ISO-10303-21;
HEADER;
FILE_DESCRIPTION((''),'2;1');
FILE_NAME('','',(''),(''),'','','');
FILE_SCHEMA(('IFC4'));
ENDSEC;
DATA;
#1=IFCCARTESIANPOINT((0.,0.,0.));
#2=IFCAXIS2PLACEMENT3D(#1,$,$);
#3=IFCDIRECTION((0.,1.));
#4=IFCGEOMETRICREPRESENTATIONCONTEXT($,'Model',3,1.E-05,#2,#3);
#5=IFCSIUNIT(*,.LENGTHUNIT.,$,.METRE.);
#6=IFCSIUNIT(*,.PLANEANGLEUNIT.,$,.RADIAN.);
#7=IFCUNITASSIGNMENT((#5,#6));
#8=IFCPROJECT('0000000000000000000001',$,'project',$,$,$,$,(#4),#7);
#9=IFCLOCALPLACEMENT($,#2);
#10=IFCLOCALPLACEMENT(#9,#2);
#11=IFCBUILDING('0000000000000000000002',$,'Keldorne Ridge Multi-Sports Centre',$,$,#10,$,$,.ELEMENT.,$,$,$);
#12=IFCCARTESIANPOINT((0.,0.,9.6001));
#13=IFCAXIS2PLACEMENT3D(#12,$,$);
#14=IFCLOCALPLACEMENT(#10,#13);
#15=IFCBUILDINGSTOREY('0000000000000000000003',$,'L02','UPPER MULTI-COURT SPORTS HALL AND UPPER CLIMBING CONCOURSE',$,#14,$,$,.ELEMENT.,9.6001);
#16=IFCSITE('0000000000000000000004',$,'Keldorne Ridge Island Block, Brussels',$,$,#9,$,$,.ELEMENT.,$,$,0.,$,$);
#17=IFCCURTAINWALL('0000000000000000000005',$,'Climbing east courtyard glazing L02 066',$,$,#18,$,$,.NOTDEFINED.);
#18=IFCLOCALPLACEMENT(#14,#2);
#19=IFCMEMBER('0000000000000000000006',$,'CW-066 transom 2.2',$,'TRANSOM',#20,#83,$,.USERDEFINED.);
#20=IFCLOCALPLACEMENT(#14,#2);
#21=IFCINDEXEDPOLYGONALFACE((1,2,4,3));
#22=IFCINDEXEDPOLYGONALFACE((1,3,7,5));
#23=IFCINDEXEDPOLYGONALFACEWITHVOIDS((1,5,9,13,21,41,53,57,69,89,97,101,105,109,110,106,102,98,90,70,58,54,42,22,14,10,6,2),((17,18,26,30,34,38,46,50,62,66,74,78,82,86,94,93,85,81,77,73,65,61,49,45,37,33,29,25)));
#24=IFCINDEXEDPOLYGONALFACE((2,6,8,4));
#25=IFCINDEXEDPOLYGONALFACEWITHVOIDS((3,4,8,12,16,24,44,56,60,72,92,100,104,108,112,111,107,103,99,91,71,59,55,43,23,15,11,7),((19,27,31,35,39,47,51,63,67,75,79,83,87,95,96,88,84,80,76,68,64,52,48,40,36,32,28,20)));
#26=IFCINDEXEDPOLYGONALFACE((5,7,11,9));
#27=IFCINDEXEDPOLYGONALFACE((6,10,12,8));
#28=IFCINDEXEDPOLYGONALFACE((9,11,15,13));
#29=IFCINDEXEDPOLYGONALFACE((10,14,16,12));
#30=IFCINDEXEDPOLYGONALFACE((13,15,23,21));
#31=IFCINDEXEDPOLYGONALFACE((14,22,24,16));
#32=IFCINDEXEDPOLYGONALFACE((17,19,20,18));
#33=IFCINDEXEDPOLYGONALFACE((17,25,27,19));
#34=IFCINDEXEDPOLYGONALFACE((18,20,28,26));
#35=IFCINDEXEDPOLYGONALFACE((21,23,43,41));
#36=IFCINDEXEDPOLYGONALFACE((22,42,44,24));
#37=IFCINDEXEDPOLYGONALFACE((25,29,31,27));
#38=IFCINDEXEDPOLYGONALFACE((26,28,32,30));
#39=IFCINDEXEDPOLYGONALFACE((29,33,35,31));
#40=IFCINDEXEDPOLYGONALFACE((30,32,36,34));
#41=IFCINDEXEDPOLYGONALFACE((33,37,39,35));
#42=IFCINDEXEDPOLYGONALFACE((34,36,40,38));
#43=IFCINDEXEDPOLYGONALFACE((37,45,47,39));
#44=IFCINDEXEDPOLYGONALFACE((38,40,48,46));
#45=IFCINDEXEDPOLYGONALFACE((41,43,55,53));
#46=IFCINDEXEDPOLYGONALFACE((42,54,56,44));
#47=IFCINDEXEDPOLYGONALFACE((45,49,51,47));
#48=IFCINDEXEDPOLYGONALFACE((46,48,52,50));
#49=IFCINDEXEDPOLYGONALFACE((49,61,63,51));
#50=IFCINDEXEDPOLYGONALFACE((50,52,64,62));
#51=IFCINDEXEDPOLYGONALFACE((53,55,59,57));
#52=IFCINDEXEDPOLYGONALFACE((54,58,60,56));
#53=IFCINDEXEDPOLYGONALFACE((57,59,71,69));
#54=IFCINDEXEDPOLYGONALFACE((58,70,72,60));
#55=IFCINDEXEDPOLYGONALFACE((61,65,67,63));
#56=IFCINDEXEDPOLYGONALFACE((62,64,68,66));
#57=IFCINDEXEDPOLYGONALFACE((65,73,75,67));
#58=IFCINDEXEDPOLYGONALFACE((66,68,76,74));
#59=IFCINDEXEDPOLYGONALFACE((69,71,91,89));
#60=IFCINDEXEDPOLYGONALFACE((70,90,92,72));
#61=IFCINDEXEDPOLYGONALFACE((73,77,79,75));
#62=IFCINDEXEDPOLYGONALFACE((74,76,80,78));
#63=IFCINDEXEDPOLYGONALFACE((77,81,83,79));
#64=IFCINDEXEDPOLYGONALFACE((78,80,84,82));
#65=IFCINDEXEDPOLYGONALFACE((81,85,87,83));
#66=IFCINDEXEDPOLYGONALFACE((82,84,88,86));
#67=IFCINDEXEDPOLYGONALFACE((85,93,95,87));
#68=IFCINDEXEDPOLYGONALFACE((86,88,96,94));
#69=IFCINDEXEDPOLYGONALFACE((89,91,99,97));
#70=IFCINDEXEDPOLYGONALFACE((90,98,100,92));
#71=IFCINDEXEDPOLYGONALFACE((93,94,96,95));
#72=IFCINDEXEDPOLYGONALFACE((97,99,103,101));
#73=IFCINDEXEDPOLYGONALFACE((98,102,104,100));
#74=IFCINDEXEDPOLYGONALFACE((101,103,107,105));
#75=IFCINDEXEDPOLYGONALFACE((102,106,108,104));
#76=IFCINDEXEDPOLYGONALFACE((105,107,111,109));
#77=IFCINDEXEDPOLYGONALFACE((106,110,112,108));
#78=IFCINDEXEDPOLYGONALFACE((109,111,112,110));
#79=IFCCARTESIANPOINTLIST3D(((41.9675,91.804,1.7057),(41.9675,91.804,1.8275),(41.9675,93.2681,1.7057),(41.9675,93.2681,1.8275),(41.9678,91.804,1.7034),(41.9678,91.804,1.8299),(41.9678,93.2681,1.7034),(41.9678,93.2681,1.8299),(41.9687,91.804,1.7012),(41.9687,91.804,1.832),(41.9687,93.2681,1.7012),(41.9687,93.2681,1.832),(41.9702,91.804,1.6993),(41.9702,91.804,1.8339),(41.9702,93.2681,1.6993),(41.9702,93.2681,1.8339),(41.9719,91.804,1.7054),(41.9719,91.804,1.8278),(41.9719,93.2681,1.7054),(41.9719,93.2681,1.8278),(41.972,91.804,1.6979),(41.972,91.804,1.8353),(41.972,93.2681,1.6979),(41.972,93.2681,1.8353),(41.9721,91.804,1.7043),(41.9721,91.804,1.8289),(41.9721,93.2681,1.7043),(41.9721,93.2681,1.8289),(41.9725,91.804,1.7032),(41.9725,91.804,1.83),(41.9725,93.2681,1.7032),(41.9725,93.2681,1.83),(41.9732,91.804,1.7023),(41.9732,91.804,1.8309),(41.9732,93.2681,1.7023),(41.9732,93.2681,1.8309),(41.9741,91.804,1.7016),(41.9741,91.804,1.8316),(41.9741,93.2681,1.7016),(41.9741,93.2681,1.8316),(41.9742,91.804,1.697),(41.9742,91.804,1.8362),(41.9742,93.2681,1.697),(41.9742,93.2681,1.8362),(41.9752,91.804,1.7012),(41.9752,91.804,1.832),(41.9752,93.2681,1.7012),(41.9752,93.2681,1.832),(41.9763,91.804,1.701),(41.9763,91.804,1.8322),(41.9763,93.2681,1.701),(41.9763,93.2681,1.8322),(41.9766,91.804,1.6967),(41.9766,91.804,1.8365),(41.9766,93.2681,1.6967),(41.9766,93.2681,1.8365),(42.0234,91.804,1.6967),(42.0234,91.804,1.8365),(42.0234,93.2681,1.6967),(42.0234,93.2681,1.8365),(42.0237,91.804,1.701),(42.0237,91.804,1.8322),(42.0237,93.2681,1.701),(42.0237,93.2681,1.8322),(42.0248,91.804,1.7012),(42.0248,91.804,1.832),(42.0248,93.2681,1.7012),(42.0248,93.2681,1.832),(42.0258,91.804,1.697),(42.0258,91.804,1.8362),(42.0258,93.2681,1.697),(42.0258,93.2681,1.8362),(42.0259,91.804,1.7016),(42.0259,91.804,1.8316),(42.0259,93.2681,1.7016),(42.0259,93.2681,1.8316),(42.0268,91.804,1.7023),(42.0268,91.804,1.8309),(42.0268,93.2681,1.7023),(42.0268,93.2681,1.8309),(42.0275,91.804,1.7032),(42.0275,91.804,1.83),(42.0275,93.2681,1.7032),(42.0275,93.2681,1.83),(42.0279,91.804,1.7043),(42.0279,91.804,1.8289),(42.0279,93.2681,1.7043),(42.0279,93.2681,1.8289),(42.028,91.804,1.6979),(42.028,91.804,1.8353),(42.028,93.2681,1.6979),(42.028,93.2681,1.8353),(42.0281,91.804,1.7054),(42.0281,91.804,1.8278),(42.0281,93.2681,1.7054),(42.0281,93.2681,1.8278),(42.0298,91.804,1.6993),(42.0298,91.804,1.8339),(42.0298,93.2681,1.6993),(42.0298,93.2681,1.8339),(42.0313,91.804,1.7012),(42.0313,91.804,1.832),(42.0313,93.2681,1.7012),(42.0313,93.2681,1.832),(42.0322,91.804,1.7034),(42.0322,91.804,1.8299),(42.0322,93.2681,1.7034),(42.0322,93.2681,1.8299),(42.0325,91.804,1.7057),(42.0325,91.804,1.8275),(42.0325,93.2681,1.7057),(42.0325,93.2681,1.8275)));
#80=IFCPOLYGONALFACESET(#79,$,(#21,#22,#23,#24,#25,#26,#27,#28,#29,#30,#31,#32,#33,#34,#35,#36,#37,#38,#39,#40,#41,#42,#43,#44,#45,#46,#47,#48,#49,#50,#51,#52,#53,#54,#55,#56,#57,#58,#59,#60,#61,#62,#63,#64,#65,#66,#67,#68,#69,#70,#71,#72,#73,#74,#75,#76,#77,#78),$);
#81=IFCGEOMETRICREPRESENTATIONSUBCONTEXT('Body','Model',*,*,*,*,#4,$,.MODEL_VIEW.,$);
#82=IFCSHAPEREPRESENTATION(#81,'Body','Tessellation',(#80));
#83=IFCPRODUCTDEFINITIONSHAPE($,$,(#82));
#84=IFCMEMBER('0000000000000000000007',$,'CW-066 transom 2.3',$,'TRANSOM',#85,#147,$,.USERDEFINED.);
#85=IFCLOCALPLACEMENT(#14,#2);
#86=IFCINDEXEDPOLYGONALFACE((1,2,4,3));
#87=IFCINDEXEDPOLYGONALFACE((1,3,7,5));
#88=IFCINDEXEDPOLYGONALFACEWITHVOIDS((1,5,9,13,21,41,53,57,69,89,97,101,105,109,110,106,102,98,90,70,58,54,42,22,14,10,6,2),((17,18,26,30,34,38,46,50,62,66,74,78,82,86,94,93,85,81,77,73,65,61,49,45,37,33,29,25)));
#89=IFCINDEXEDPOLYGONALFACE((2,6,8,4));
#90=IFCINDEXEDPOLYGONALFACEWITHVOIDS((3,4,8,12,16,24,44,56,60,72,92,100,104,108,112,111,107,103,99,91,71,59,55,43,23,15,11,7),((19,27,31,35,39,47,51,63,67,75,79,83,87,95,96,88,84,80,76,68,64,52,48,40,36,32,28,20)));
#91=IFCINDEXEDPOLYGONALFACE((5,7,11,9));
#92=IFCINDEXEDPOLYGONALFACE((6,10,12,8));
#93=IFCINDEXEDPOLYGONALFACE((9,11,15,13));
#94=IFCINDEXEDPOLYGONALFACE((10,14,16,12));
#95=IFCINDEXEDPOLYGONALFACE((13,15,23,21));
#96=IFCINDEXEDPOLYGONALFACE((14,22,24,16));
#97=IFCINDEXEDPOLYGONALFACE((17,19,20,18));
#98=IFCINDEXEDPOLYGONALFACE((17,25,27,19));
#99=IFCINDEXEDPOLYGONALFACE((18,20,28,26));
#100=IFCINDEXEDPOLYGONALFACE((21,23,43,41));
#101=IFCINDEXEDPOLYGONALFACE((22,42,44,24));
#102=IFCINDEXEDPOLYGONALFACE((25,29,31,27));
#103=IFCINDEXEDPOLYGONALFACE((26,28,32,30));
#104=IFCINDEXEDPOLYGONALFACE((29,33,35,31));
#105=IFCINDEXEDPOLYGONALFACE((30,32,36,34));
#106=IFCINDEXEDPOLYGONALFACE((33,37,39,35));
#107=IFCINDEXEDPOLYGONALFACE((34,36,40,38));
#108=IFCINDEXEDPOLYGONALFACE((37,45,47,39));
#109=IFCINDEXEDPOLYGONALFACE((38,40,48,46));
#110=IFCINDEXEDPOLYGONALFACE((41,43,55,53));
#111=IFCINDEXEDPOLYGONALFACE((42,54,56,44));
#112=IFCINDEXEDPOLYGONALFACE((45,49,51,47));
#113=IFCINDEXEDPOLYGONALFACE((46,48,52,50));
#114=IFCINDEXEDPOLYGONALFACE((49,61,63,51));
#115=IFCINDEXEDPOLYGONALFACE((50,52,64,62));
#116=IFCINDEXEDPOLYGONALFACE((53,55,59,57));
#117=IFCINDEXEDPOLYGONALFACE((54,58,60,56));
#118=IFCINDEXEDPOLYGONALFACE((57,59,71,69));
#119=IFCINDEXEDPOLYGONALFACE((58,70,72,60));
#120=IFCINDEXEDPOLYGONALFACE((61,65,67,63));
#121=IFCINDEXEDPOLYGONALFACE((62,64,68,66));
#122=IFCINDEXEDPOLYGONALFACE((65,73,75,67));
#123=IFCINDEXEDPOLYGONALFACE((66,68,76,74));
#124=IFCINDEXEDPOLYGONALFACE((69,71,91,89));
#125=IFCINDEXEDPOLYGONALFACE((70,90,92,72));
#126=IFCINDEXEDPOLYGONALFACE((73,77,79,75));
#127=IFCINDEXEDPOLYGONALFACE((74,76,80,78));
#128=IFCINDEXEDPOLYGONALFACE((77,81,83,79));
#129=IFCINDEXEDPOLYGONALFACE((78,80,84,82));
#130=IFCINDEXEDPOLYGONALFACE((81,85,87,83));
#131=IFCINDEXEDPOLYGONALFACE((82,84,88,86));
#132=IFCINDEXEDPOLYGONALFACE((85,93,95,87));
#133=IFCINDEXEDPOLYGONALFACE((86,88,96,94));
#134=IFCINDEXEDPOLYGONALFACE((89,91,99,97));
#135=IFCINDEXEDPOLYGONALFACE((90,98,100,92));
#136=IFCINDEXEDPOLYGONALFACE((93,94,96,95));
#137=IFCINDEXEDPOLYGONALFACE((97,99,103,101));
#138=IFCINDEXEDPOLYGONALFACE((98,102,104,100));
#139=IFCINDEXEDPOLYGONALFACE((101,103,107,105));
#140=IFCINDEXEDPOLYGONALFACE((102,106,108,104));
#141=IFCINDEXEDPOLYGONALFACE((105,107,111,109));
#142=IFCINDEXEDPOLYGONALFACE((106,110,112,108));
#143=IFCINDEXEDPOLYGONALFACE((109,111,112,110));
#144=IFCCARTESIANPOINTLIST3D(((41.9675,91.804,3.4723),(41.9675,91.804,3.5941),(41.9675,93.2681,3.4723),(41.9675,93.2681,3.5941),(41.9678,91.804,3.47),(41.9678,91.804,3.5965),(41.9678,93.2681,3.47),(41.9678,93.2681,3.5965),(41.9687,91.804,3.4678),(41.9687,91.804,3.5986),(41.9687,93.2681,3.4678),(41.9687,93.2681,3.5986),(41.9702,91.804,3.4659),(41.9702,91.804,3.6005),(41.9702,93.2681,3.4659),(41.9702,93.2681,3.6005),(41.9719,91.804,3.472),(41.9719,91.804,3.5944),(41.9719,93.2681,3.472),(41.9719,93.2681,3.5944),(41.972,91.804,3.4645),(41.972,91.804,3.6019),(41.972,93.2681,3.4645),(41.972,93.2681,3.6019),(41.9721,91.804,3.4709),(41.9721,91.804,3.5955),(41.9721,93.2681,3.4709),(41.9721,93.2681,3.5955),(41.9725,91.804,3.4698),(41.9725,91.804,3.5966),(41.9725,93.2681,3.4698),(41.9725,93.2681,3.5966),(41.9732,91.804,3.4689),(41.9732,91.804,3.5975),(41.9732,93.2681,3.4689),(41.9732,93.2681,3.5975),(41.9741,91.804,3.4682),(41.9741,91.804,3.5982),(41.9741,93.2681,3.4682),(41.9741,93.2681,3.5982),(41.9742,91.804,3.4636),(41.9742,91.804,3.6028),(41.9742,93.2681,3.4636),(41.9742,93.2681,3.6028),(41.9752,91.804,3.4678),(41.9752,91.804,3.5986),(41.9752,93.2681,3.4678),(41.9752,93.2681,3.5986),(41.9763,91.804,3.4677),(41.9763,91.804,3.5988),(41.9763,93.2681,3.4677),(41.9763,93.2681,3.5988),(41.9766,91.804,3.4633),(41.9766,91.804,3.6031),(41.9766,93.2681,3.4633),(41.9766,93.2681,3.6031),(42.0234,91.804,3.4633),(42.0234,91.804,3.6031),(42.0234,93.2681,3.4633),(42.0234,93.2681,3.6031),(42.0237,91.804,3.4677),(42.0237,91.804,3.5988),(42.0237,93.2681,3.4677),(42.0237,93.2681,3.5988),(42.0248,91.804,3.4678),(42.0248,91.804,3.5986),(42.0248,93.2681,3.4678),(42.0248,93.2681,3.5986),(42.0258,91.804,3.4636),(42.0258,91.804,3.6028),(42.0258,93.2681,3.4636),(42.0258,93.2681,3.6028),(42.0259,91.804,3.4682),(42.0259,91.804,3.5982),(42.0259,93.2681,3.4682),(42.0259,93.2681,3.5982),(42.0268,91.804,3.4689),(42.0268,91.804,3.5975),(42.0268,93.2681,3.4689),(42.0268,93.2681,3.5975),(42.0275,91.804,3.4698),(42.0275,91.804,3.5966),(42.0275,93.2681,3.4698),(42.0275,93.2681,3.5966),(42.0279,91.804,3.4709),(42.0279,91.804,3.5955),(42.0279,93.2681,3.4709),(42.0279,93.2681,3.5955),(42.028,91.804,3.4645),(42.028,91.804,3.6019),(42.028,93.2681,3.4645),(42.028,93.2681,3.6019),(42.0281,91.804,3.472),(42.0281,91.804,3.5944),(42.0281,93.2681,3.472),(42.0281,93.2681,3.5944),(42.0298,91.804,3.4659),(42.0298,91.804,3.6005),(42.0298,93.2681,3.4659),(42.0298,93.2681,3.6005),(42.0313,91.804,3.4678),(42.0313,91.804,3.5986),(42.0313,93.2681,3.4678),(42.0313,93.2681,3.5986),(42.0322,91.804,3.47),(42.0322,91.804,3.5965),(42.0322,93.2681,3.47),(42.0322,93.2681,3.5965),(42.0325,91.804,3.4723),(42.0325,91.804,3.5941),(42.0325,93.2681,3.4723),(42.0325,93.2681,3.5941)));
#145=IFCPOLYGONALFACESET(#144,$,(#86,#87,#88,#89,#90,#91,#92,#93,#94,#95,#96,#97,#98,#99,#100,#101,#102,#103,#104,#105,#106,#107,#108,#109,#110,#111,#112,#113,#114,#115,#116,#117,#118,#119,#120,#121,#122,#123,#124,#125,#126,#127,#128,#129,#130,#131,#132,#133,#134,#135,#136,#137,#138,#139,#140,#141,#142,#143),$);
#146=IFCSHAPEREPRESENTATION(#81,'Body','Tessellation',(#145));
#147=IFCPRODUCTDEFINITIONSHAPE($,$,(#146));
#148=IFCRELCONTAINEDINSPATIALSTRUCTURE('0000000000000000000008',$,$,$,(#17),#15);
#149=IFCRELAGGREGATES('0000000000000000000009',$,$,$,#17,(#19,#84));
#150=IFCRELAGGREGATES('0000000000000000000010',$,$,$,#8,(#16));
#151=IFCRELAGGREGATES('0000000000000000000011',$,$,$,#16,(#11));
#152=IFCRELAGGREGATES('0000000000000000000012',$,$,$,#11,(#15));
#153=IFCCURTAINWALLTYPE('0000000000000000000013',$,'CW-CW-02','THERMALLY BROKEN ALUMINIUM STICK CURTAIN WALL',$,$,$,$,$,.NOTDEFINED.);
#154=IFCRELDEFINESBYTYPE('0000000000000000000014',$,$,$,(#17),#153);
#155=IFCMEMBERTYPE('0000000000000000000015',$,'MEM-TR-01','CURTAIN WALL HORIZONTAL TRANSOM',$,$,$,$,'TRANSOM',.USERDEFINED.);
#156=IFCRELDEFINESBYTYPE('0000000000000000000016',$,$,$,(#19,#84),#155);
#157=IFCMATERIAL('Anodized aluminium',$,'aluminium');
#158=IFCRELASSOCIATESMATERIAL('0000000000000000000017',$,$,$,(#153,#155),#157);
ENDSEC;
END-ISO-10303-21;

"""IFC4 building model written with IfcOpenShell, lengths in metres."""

from ifc_helpers import new_model, si_unit, direction, frame, origin, origin_2d, place, context, subcontext, project, spatial, hollow_rectangle, extrude, material, material_profile, profile_set, type_object, element, aggregate, save


model = new_model("IFC4")

# Units and contexts
model_context = context("Model", 3, precision=1e-05, world=origin(), true_north=direction((0.0, 1.0)))
body_context = subcontext(model_context, "Body", "Model", "MODEL_VIEW")
ifc_project = project(units=[si_unit("LENGTHUNIT", "METRE"), si_unit("PLANEANGLEUNIT", "RADIAN")], contexts=[model_context])

# Site, building, storey
site_placement = place(None, origin())
site = spatial("IfcSite", under=ifc_project, at=site_placement, Name="Keldorne Ridge Island Block, Brussels", CompositionType="ELEMENT", RefElevation=0.0)
building_placement = place(site_placement, origin())
building = spatial("IfcBuilding", under=site, at=building_placement, Name="Keldorne Ridge Multi-Sports Centre", CompositionType="ELEMENT")
storey_placement = place(building_placement, frame((0.0, 0.0, 9.6001)))
storey = spatial("IfcBuildingStorey", under=building, at=storey_placement, Name="L02", Description="UPPER MULTI-COURT SPORTS HALL AND UPPER CLIMBING CONCOURSE", CompositionType="ELEMENT", Elevation=9.6001)

# Curtain wall
ifc_material_1 = material(Name="Anodized aluminium", Category="aluminium")
curtain_wall_type = type_object("IfcCurtainWallType", Name="CW-CW-02", Description="THERMALLY BROKEN ALUMINIUM STICK CURTAIN WALL", PredefinedType="NOTDEFINED", material=ifc_material_1)
curtain_wall_placement = place(storey_placement, origin())
curtain_wall = element("IfcCurtainWall", 1, at=curtain_wall_placement, inside=storey, type_object=curtain_wall_type, Name="Climbing east courtyard glazing L02 066", PredefinedType="NOTDEFINED")

# Members
ifc_material_profile_1 = material_profile(ifc_material_1, hollow_rectangle(XDim=0.0649, YDim=0.1399, WallThickness=0.0044, InnerFilletRadius=0.0044, OuterFilletRadius=0.009, at=origin_2d()), Name="ALU TRANSOM 140x65x4.5")
ifc_profile_set_1 = profile_set([ifc_material_profile_1], Name="Anodized aluminium")
member_type_1 = type_object("IfcMemberType", Name="MEM-TR-01", Description="CURTAIN WALL HORIZONTAL TRANSOM", ElementType="TRANSOM", PredefinedType="USERDEFINED", material=ifc_profile_set_1)
member_1_placement = place(storey_placement, frame((42.0, 91.804, 1.7666), z_axis=(0.0, 1.0, 0.0), x_axis=(-1.0, 0.0, 0.0)))
member_1 = element("IfcMember", 2, at=member_1_placement, type_object=member_type_1, Name="CW-066 transom 2.2", ObjectType="TRANSOM", PredefinedType="USERDEFINED", context=body_context, shape_type="SweptSolid", body=[
    extrude(hollow_rectangle(XDim=0.0649, YDim=0.1399, WallThickness=0.0044, InnerFilletRadius=0.0044, OuterFilletRadius=0.009, at=origin_2d()), origin(), (0.0, 0.0, 1.0), 1.4641),
])
member_2_placement = place(storey_placement, frame((42.0, 91.804, 3.5332), z_axis=(0.0, 1.0, 0.0), x_axis=(-1.0, 0.0, 0.0)))
member_2 = element("IfcMember", 3, at=member_2_placement, type_object=member_type_1, Name="CW-066 transom 2.3", ObjectType="TRANSOM", PredefinedType="USERDEFINED", context=body_context, shape_type="SweptSolid", body=[
    extrude(hollow_rectangle(XDim=0.0649, YDim=0.1399, WallThickness=0.0044, InnerFilletRadius=0.0044, OuterFilletRadius=0.009, at=origin_2d()), origin(), (0.0, 0.0, 1.0), 1.4641),
])

aggregate(curtain_wall, [member_1, member_2])

save(model, "model.ifc")
